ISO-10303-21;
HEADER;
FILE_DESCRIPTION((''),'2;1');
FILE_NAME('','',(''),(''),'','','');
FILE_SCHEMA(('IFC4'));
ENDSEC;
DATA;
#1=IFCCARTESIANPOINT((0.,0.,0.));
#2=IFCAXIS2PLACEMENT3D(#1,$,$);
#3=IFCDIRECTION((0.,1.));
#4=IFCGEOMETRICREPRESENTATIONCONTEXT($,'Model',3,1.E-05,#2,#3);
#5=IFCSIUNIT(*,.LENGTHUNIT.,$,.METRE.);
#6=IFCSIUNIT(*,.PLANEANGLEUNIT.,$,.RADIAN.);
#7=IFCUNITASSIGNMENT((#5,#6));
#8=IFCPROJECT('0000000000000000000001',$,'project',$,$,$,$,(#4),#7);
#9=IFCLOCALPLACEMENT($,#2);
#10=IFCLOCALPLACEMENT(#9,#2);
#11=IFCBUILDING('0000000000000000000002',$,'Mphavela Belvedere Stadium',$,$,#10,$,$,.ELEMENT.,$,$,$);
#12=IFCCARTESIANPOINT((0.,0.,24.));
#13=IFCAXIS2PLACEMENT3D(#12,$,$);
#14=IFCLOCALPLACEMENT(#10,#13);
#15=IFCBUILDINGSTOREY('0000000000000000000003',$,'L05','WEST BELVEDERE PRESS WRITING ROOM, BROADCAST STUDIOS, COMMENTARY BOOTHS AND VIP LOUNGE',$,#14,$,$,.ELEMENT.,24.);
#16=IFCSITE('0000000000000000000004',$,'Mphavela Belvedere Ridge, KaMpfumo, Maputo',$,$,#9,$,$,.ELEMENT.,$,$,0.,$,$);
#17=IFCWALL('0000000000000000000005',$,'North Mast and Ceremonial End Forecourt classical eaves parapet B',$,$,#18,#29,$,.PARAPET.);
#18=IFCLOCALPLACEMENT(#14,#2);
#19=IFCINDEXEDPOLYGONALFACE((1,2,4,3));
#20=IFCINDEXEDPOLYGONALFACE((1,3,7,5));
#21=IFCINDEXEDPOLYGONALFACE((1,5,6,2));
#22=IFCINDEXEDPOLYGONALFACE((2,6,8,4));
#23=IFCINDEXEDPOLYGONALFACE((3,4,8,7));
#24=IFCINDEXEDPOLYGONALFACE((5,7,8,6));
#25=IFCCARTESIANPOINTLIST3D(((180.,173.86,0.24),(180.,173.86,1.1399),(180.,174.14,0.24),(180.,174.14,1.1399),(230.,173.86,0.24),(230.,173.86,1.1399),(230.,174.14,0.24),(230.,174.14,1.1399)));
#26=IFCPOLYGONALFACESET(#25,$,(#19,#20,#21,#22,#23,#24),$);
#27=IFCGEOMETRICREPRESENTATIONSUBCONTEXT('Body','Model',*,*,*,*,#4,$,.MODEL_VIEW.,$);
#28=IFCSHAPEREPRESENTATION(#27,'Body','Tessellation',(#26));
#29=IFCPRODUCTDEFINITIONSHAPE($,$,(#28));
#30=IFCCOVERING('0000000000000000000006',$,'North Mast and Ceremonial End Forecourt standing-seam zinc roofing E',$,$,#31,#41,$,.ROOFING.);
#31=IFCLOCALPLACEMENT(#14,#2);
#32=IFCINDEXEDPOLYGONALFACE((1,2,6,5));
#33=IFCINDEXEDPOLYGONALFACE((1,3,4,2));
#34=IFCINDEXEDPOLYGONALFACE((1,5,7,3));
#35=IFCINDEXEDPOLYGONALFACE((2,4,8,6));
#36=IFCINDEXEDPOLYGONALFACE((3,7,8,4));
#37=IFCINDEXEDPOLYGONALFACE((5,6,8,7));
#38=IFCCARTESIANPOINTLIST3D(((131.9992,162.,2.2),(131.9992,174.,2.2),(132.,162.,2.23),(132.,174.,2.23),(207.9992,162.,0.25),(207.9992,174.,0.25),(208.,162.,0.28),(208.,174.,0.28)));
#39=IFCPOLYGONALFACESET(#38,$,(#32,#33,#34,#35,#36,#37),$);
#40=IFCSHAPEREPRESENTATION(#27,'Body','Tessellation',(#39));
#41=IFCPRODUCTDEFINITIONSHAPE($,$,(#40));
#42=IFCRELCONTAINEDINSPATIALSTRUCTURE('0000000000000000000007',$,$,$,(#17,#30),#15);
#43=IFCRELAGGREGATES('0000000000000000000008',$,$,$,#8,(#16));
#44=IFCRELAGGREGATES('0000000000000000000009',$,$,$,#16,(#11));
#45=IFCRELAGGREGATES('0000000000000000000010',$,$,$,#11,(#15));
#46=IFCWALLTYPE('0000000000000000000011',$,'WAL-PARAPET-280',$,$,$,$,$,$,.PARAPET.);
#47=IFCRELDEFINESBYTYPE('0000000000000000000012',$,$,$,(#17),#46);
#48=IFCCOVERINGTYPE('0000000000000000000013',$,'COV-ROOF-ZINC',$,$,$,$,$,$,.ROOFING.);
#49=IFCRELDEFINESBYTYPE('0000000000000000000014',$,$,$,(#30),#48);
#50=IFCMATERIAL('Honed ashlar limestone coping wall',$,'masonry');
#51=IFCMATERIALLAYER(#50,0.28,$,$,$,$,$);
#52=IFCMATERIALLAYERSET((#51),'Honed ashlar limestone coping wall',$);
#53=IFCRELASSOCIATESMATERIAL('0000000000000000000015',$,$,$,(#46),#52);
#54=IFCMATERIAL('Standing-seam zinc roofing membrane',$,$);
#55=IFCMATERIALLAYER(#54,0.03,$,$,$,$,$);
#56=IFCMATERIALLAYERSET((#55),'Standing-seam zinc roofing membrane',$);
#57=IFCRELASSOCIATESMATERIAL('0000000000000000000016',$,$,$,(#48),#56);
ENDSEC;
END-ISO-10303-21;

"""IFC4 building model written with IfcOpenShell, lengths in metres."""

from ifc_helpers import new_model, si_unit, direction, frame, frame_2d, origin, place, context, subcontext, project, spatial, polyline, rectangle, outline, extrude, material, layer, layer_set, type_object, element, save


model = new_model("IFC4")

# Units and contexts
model_context = context("Model", 3, precision=1e-05, world=origin(), true_north=direction((0.0, 1.0)))
body_context = subcontext(model_context, "Body", "Model", "MODEL_VIEW")
ifc_project = project(units=[si_unit("LENGTHUNIT", "METRE"), si_unit("PLANEANGLEUNIT", "RADIAN")], contexts=[model_context])

# Site, building, storey
site_placement = place(None, origin())
site = spatial("IfcSite", under=ifc_project, at=site_placement, Name="Mphavela Belvedere Ridge, KaMpfumo, Maputo", CompositionType="ELEMENT", RefElevation=0.0)
building_placement = place(site_placement, origin())
building = spatial("IfcBuilding", under=site, at=building_placement, Name="Mphavela Belvedere Stadium", CompositionType="ELEMENT")
storey_placement = place(building_placement, frame((0.0, 0.0, 24.0)))
storey = spatial("IfcBuildingStorey", under=building, at=storey_placement, Name="L05", Description="WEST BELVEDERE PRESS WRITING ROOM, BROADCAST STUDIOS, COMMENTARY BOOTHS AND VIP LOUNGE", CompositionType="ELEMENT", Elevation=24.0)

# Wall
ifc_material_1 = material(Name="Honed ashlar limestone coping wall", Category="masonry")
ifc_layer_1 = layer(ifc_material_1, 0.28)
ifc_layer_set_1 = layer_set([ifc_layer_1], Name="Honed ashlar limestone coping wall")
wall_type = type_object("IfcWallType", Name="WAL-PARAPET-280", PredefinedType="PARAPET", material=ifc_layer_set_1)
wall_placement = place(storey_placement, frame((180.0, 174.0, 0.24), z_axis=(0.0, 0.0, 1.0), x_axis=(1.0, 0.0, 0.0)))
element("IfcWall", 1, at=wall_placement, inside=storey, type_object=wall_type, Name="North Mast and Ceremonial End Forecourt classical eaves parapet B", PredefinedType="PARAPET", context=body_context, shape_type="SweptSolid", body=[
    extrude(rectangle(XDim=50.0, YDim=0.28, at=frame_2d((25.0, 0.0))), origin(), (0.0, 0.0, 1.0), 0.8999),
])

# Covering
ifc_material_2 = material(Name="Standing-seam zinc roofing membrane")
ifc_layer_2 = layer(ifc_material_2, 0.03)
ifc_layer_set_2 = layer_set([ifc_layer_2], Name="Standing-seam zinc roofing membrane")
covering_type = type_object("IfcCoveringType", Name="COV-ROOF-ZINC", PredefinedType="ROOFING", material=ifc_layer_set_2)
covering_placement = place(storey_placement, frame((132.0, 162.0, 2.23), z_axis=(0.025649, 0.0, 0.999671), x_axis=(0.999671, 0.0, -0.025649)))
element("IfcCovering", 2, at=covering_placement, inside=storey, type_object=covering_type, Name="North Mast and Ceremonial End Forecourt standing-seam zinc roofing E", PredefinedType="ROOFING", context=body_context, shape_type="SweptSolid", body=[
    extrude(outline(polyline([(0.0, 0.0), (76.025, 0.0), (76.025, 12.0), (0.0, 12.0), (0.0, 0.0)])), origin(), (0.0, 0.0, -1.0), 0.03),
])

save(model, "model.ifc")
